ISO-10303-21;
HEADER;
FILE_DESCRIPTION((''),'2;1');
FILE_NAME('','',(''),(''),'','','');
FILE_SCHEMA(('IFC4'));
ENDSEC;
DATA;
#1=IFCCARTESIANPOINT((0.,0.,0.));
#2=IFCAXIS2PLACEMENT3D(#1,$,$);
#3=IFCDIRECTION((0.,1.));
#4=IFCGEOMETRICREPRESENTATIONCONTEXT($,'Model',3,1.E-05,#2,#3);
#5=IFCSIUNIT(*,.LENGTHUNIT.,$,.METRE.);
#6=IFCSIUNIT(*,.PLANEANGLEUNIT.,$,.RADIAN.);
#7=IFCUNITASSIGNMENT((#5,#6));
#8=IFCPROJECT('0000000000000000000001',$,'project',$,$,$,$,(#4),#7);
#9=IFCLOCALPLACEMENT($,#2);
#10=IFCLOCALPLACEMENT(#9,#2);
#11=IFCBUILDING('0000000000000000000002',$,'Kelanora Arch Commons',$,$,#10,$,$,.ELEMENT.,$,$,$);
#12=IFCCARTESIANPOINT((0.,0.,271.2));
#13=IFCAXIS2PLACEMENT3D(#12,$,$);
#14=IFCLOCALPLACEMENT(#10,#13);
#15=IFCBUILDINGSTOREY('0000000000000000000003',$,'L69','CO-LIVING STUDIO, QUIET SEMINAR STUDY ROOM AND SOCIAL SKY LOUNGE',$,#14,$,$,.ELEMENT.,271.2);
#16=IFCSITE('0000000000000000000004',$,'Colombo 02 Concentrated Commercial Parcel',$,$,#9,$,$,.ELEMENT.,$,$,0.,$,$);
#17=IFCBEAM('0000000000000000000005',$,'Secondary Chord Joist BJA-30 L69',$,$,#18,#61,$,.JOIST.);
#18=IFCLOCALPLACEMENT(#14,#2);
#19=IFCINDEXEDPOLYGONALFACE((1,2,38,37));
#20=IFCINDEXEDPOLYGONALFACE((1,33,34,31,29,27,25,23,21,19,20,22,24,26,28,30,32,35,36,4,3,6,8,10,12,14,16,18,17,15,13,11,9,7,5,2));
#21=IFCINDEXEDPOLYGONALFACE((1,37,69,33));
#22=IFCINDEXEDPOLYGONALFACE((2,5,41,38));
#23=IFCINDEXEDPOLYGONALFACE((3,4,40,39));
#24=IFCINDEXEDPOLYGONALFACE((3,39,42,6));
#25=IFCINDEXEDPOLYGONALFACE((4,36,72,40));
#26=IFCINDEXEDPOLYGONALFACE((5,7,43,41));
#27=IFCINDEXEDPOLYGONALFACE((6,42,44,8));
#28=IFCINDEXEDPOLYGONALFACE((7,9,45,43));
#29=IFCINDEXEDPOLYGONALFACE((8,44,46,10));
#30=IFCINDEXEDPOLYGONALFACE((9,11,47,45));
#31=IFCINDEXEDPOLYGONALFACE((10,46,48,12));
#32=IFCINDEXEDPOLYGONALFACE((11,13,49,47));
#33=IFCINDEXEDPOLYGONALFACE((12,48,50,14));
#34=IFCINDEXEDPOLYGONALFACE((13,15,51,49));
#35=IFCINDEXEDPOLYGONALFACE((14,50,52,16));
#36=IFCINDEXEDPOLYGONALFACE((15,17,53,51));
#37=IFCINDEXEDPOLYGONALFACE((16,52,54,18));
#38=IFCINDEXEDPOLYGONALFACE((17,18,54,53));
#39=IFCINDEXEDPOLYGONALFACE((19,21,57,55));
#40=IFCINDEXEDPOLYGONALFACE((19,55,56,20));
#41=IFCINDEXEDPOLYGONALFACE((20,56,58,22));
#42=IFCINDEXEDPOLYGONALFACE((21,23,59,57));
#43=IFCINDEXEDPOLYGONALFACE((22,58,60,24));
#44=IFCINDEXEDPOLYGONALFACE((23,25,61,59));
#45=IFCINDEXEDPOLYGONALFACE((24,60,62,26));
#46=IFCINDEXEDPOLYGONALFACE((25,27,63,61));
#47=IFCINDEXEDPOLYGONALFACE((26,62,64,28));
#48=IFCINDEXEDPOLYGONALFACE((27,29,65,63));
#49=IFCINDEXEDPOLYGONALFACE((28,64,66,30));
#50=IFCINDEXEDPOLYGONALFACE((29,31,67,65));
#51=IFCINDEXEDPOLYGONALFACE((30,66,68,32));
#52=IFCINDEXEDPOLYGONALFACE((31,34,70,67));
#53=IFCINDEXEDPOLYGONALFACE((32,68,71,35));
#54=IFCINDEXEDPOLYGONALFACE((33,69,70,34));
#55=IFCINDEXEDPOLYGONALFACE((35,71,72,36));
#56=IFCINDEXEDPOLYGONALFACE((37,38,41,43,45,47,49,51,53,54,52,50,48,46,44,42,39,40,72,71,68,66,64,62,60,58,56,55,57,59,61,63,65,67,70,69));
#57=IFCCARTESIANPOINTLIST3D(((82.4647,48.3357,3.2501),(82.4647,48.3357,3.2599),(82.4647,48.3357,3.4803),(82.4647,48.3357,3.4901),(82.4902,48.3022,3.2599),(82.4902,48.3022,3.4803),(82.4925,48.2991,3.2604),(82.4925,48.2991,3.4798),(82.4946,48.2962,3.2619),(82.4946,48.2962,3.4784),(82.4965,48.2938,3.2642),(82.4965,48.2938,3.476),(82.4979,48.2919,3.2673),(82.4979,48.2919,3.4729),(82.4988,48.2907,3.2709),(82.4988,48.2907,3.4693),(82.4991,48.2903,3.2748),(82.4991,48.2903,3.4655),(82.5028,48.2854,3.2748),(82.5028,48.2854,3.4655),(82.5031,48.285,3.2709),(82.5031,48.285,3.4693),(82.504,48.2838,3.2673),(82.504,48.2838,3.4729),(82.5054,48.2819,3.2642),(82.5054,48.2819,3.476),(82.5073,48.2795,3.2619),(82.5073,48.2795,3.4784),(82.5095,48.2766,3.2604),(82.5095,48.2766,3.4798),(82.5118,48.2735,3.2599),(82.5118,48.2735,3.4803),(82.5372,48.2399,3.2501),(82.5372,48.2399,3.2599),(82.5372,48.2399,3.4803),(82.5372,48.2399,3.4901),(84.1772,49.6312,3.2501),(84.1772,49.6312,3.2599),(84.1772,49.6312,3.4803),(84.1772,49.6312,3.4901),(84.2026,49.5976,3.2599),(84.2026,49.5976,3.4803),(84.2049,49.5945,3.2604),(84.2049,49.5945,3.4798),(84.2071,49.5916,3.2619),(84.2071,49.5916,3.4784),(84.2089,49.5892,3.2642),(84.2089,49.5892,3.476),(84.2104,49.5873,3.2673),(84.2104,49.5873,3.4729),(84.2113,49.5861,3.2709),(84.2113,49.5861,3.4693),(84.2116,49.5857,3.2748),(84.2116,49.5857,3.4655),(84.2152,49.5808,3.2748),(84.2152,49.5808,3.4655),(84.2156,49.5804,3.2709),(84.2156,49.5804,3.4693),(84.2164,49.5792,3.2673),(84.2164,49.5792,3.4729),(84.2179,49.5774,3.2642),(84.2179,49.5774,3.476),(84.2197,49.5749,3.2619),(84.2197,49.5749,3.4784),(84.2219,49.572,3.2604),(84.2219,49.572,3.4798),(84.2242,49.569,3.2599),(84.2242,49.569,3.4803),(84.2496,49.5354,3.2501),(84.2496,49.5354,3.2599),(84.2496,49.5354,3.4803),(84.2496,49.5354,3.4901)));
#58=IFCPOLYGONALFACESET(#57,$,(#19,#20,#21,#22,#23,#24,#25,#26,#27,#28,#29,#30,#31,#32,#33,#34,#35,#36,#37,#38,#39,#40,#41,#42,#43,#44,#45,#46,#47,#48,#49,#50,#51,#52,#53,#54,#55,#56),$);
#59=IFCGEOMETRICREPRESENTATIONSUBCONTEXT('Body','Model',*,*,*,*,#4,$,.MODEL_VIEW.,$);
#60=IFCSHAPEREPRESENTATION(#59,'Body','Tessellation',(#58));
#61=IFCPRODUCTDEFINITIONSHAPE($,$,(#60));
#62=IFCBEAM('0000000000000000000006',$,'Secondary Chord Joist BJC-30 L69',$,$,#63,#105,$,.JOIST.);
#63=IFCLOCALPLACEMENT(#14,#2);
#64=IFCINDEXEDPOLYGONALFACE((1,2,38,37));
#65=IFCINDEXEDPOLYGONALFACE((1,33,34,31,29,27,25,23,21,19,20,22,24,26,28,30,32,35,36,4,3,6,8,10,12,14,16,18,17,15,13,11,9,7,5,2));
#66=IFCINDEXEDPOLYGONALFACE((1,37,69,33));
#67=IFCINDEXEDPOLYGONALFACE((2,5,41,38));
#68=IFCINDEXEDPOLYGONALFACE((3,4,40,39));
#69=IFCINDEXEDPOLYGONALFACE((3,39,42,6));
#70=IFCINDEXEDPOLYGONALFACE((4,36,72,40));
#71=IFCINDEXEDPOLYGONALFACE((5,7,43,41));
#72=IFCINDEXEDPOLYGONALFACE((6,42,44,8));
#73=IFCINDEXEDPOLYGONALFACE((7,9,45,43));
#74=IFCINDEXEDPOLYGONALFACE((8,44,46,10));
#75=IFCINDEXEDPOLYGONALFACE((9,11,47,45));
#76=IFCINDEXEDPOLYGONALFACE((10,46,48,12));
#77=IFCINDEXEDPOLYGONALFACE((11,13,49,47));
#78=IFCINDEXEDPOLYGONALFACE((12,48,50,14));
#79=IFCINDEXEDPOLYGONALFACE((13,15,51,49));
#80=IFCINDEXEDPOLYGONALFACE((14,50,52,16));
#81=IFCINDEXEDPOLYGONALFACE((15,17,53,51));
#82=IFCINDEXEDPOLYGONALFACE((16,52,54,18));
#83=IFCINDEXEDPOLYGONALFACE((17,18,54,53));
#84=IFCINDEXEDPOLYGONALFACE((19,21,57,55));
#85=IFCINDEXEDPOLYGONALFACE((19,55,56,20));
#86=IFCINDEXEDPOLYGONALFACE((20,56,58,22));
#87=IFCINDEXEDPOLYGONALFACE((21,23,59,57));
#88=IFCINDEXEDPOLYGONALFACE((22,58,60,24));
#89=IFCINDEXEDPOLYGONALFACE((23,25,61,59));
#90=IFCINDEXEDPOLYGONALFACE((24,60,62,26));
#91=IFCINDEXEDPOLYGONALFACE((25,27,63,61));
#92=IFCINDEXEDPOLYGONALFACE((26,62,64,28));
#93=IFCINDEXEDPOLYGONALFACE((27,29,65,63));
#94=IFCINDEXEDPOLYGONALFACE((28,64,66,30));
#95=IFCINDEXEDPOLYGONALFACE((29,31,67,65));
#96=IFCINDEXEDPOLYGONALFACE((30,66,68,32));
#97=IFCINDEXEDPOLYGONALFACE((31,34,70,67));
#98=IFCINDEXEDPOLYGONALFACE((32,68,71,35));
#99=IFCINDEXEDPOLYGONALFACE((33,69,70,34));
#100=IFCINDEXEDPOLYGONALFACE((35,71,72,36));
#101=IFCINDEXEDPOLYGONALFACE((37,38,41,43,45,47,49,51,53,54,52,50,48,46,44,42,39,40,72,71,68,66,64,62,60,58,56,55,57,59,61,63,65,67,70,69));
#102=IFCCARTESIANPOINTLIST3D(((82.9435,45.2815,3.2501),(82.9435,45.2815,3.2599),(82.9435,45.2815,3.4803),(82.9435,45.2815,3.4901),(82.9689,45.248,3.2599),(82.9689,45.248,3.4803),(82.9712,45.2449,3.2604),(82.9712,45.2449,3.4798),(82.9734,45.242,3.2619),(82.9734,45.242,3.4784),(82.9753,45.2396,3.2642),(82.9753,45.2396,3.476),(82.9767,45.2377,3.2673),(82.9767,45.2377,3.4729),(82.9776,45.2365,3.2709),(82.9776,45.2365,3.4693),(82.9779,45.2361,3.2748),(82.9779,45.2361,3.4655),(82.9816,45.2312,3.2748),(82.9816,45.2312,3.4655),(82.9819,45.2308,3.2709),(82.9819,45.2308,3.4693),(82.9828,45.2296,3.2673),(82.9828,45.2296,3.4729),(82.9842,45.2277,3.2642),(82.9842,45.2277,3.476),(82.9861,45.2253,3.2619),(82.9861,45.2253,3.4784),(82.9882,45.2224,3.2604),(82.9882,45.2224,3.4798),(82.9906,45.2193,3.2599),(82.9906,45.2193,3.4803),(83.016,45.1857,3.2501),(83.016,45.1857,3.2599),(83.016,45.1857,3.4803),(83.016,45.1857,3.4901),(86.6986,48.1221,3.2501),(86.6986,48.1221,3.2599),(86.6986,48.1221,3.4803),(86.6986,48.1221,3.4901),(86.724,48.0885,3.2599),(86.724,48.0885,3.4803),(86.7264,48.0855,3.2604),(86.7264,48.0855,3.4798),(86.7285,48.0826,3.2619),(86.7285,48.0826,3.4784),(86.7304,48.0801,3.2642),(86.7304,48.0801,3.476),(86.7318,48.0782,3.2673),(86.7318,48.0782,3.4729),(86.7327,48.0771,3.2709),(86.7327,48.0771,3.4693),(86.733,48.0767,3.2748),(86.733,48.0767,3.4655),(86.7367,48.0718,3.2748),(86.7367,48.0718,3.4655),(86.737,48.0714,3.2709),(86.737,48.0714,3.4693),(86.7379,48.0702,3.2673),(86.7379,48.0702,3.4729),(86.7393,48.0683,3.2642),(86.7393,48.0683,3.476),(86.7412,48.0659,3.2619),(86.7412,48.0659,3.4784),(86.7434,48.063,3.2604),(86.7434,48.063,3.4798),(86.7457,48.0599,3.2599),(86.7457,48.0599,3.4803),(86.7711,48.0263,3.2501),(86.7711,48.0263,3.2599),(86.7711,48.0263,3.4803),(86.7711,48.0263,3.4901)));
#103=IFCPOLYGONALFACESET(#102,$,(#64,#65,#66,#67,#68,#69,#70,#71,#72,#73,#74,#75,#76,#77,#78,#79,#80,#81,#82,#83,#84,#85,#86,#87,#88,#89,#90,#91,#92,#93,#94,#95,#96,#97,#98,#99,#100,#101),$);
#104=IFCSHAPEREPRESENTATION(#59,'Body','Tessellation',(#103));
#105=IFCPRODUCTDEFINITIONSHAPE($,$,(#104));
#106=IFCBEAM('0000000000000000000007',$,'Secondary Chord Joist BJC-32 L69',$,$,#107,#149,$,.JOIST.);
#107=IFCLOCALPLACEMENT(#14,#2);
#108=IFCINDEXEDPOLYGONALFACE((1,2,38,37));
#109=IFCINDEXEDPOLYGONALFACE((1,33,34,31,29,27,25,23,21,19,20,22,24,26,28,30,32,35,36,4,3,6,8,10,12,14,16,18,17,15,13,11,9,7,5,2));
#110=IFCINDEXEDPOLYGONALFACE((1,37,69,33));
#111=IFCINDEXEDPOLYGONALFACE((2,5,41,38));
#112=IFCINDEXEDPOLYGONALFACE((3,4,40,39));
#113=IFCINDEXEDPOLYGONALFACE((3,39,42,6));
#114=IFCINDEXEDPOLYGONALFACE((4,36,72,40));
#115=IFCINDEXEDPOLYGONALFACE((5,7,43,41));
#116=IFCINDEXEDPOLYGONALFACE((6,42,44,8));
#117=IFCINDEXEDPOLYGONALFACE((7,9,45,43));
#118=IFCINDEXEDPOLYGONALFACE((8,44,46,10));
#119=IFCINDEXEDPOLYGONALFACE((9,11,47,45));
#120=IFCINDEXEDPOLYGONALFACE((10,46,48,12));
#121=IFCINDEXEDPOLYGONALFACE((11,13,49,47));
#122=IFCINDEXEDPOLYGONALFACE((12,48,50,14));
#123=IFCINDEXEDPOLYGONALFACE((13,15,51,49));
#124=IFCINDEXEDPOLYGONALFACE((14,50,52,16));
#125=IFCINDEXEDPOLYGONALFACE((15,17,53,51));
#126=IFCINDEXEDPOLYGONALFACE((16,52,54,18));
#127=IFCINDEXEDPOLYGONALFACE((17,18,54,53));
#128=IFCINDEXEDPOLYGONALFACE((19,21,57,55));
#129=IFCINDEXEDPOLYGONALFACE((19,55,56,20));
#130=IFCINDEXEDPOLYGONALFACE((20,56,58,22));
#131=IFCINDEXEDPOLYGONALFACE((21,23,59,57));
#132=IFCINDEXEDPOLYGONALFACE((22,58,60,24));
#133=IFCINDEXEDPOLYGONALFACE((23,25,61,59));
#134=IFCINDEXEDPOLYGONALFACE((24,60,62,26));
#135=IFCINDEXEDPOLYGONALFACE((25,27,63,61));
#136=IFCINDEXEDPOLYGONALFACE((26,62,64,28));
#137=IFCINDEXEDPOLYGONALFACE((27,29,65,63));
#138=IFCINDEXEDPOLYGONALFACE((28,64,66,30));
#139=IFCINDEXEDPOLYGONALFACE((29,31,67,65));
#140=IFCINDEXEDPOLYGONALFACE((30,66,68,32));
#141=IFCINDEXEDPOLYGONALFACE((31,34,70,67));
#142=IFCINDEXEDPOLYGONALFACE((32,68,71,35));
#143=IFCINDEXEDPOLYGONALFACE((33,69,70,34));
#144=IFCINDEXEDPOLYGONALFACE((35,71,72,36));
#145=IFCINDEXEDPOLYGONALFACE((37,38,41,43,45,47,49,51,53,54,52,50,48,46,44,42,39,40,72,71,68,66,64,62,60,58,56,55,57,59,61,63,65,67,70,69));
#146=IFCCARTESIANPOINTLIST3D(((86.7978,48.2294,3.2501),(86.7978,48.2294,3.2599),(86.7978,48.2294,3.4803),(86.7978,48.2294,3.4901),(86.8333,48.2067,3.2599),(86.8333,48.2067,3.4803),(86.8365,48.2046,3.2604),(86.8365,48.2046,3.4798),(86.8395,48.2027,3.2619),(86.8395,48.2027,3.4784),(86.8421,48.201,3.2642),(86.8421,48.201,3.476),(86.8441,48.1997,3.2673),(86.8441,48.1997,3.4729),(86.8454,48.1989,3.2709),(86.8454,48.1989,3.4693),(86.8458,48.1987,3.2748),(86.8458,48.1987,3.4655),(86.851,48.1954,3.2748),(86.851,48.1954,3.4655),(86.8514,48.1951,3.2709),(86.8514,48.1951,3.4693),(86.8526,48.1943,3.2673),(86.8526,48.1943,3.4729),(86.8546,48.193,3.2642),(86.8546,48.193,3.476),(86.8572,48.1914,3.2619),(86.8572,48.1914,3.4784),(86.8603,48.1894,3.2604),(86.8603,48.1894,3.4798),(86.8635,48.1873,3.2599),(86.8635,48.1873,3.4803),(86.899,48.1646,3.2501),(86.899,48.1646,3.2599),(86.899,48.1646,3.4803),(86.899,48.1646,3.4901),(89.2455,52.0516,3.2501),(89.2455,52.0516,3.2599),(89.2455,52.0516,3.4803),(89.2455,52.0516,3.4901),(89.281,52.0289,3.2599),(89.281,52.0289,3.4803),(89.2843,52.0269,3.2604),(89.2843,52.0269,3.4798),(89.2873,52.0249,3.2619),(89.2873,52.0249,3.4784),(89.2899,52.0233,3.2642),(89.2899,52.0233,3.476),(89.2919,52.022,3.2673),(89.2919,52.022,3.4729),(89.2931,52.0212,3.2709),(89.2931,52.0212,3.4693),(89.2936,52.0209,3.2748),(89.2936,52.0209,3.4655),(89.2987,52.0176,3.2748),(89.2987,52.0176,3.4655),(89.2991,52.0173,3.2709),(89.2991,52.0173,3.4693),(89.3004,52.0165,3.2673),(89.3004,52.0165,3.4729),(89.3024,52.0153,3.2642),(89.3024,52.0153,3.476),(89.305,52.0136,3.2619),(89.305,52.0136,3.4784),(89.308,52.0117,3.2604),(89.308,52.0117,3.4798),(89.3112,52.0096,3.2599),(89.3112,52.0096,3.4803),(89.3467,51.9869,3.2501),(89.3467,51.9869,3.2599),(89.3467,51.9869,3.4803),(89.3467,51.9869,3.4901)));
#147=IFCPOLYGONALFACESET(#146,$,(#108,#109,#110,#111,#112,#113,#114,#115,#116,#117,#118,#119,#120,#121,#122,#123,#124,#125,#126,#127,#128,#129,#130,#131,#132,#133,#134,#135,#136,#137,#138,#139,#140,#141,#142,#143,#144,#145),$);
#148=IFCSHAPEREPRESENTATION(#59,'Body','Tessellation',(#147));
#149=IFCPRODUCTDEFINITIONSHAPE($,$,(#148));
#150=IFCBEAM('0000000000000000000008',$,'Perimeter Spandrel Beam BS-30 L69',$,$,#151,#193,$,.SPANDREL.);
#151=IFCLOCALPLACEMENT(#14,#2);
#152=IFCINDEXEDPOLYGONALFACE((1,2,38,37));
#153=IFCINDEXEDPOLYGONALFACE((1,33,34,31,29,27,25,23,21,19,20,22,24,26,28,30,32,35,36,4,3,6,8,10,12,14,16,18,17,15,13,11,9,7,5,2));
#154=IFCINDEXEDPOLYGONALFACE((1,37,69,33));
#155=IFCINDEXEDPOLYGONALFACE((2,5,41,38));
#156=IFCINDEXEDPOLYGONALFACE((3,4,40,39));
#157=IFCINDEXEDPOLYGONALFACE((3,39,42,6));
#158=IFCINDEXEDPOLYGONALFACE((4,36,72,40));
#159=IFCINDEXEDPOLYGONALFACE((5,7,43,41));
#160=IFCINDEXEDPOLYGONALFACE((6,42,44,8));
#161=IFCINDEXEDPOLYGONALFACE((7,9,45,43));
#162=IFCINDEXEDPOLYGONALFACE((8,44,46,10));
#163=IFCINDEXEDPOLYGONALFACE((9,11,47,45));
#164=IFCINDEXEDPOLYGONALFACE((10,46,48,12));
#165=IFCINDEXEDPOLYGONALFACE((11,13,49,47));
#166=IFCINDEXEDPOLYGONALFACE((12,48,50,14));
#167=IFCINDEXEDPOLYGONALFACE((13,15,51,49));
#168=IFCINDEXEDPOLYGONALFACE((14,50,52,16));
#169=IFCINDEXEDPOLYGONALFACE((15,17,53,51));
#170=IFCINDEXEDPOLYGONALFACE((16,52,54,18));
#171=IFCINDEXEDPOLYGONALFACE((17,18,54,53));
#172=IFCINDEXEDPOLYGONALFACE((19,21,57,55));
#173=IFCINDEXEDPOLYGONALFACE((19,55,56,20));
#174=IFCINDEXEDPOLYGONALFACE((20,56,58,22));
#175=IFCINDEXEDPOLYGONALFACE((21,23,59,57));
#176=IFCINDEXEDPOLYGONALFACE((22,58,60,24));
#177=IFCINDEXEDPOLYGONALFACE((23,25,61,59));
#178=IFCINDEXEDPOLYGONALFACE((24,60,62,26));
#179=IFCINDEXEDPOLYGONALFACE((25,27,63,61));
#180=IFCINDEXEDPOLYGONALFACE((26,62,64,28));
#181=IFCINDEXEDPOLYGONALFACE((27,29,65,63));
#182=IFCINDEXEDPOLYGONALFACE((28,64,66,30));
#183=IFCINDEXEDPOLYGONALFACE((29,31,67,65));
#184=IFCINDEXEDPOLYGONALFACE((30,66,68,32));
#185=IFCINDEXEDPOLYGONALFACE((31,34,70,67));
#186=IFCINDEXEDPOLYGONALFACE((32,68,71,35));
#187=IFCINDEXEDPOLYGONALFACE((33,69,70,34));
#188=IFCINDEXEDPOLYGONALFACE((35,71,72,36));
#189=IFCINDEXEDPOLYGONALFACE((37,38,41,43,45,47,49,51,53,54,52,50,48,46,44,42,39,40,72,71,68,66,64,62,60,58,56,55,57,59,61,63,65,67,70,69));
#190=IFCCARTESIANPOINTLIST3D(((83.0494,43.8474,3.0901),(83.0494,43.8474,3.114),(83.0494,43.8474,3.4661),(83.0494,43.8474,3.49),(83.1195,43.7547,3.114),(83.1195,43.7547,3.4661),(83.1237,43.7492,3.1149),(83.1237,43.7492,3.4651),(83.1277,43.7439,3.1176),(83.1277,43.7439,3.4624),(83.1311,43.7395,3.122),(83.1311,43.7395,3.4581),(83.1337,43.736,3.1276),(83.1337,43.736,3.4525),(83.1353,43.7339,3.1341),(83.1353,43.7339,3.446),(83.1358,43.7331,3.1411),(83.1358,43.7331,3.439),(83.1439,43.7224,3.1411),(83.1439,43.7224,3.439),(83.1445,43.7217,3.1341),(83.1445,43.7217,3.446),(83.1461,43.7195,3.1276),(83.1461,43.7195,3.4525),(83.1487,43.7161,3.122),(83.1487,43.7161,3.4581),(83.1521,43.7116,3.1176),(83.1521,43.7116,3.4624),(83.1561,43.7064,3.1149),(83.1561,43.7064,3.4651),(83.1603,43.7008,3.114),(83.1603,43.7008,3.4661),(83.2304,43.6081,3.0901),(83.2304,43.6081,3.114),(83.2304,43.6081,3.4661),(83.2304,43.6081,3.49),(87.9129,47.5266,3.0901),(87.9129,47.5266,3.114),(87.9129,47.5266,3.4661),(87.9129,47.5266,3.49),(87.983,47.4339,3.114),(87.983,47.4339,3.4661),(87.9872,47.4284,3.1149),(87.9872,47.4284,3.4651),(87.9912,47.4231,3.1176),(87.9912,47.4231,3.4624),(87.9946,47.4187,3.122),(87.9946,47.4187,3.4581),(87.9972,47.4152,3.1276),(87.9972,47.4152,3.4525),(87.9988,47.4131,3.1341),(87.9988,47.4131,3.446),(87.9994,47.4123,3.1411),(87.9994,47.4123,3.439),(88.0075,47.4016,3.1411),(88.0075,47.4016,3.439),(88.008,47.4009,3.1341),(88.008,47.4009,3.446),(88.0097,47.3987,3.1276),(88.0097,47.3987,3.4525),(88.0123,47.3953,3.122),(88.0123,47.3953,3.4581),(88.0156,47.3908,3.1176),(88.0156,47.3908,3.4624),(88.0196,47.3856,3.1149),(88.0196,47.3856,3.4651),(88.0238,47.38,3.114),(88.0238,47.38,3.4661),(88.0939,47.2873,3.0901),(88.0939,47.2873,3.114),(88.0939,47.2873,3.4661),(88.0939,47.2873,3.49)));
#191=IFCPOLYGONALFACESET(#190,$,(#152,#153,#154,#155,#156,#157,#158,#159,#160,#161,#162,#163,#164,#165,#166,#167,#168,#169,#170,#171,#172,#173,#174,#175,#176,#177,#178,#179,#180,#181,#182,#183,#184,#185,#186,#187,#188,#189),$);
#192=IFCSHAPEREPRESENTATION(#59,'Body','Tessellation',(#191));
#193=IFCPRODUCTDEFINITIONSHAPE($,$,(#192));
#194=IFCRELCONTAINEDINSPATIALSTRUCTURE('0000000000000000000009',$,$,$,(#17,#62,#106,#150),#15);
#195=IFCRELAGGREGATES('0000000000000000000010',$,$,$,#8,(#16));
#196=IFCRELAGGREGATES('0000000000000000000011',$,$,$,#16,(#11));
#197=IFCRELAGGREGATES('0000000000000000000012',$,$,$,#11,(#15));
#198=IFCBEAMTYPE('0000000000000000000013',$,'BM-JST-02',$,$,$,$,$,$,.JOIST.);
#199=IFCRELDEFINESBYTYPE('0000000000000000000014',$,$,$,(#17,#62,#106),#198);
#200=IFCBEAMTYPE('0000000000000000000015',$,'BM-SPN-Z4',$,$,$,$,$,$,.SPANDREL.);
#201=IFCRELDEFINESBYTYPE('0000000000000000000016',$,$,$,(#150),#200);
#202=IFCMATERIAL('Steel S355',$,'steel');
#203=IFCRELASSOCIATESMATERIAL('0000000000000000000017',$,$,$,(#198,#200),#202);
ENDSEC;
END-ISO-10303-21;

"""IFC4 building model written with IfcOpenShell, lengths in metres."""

from ifc_helpers import new_model, si_unit, direction, frame, origin, origin_2d, place, context, subcontext, project, spatial, i_section, extrude, material, material_profile, profile_set, type_object, element, save


model = new_model("IFC4")

# Units and contexts
model_context = context("Model", 3, precision=1e-05, world=origin(), true_north=direction((0.0, 1.0)))
body_context = subcontext(model_context, "Body", "Model", "MODEL_VIEW")
ifc_project = project(units=[si_unit("LENGTHUNIT", "METRE"), si_unit("PLANEANGLEUNIT", "RADIAN")], contexts=[model_context])

# Site, building, storey
site_placement = place(None, origin())
site = spatial("IfcSite", under=ifc_project, at=site_placement, Name="Colombo 02 Concentrated Commercial Parcel", CompositionType="ELEMENT", RefElevation=0.0)
building_placement = place(site_placement, origin())
building = spatial("IfcBuilding", under=site, at=building_placement, Name="Kelanora Arch Commons", CompositionType="ELEMENT")
storey_placement = place(building_placement, frame((0.0, 0.0, 271.2)))
storey = spatial("IfcBuildingStorey", under=building, at=storey_placement, Name="L69", Description="CO-LIVING STUDIO, QUIET SEMINAR STUDY ROOM AND SOCIAL SKY LOUNGE", CompositionType="ELEMENT", Elevation=271.2)

# Beams
ifc_material_1 = material(Name="Steel S355", Category="steel")
ifc_material_profile_1 = material_profile(ifc_material_1, i_section(OverallWidth=0.1201, OverallDepth=0.24, WebThickness=0.0061, FlangeThickness=0.0098, FilletRadius=0.0149, at=origin_2d()), Name="IPE240")
ifc_profile_set_1 = profile_set([ifc_material_profile_1], Name="Steel S355")
beam_type_1 = type_object("IfcBeamType", Name="BM-JST-02", PredefinedType="JOIST", material=ifc_profile_set_1)
beam_1_placement = place(storey_placement, frame((82.501, 48.2878, 3.3701), z_axis=(0.79751, 0.603306, 0.0), x_axis=(-0.603306, 0.79751, 0.0)))
element("IfcBeam", 1, at=beam_1_placement, inside=storey, type_object=beam_type_1, Name="Secondary Chord Joist BJA-30 L69", PredefinedType="JOIST", context=body_context, shape_type="SweptSolid", body=[
    extrude(i_section(OverallWidth=0.1201, OverallDepth=0.24, WebThickness=0.0061, FlangeThickness=0.0098, FilletRadius=0.0149, at=origin_2d()), origin(), (0.0, 0.0, 1.0), 2.1472),
])
beam_2_placement = place(storey_placement, frame((82.9797, 45.2336, 3.3701), z_axis=(0.797523, 0.603289, 0.0), x_axis=(-0.603289, 0.797523, 0.0)))
element("IfcBeam", 2, at=beam_2_placement, inside=storey, type_object=beam_type_1, Name="Secondary Chord Joist BJC-30 L69", PredefinedType="JOIST", context=body_context, shape_type="SweptSolid", body=[
    extrude(i_section(OverallWidth=0.1201, OverallDepth=0.24, WebThickness=0.0061, FlangeThickness=0.0098, FilletRadius=0.0149, at=origin_2d()), origin(), (0.0, 0.0, 1.0), 4.7085),
])
beam_3_placement = place(storey_placement, frame((86.8484, 48.197, 3.3701), z_axis=(0.539289, 0.842121, 0.0), x_axis=(-0.842121, 0.539289, 0.0)))
element("IfcBeam", 3, at=beam_3_placement, inside=storey, type_object=beam_type_1, Name="Secondary Chord Joist BJC-32 L69", PredefinedType="JOIST", context=body_context, shape_type="SweptSolid", body=[
    extrude(i_section(OverallWidth=0.1201, OverallDepth=0.24, WebThickness=0.0061, FlangeThickness=0.0098, FilletRadius=0.0149, at=origin_2d()), origin(), (0.0, 0.0, 1.0), 4.5388),
])
ifc_material_profile_2 = material_profile(ifc_material_1, i_section(OverallWidth=0.3, OverallDepth=0.3999, WebThickness=0.0134, FlangeThickness=0.0239, FilletRadius=0.0271, at=origin_2d()), Name="HEB400")
ifc_profile_set_2 = profile_set([ifc_material_profile_2], Name="Steel S355")
beam_type_2 = type_object("IfcBeamType", Name="BM-SPN-Z4", PredefinedType="SPANDREL", material=ifc_profile_set_2)
beam_4_placement = place(storey_placement, frame((83.1399, 43.7278, 3.29), z_axis=(0.797509, 0.603306, 0.0), x_axis=(-0.603306, 0.797509, 0.0)))
element("IfcBeam", 4, at=beam_4_placement, inside=storey, type_object=beam_type_2, Name="Perimeter Spandrel Beam BS-30 L69", PredefinedType="SPANDREL", context=body_context, shape_type="SweptSolid", body=[
    extrude(i_section(OverallWidth=0.3, OverallDepth=0.3999, WebThickness=0.0134, FlangeThickness=0.0239, FilletRadius=0.0271, at=origin_2d()), origin(), (0.0, 0.0, 1.0), 6.0984),
])

save(model, "model.ifc")
